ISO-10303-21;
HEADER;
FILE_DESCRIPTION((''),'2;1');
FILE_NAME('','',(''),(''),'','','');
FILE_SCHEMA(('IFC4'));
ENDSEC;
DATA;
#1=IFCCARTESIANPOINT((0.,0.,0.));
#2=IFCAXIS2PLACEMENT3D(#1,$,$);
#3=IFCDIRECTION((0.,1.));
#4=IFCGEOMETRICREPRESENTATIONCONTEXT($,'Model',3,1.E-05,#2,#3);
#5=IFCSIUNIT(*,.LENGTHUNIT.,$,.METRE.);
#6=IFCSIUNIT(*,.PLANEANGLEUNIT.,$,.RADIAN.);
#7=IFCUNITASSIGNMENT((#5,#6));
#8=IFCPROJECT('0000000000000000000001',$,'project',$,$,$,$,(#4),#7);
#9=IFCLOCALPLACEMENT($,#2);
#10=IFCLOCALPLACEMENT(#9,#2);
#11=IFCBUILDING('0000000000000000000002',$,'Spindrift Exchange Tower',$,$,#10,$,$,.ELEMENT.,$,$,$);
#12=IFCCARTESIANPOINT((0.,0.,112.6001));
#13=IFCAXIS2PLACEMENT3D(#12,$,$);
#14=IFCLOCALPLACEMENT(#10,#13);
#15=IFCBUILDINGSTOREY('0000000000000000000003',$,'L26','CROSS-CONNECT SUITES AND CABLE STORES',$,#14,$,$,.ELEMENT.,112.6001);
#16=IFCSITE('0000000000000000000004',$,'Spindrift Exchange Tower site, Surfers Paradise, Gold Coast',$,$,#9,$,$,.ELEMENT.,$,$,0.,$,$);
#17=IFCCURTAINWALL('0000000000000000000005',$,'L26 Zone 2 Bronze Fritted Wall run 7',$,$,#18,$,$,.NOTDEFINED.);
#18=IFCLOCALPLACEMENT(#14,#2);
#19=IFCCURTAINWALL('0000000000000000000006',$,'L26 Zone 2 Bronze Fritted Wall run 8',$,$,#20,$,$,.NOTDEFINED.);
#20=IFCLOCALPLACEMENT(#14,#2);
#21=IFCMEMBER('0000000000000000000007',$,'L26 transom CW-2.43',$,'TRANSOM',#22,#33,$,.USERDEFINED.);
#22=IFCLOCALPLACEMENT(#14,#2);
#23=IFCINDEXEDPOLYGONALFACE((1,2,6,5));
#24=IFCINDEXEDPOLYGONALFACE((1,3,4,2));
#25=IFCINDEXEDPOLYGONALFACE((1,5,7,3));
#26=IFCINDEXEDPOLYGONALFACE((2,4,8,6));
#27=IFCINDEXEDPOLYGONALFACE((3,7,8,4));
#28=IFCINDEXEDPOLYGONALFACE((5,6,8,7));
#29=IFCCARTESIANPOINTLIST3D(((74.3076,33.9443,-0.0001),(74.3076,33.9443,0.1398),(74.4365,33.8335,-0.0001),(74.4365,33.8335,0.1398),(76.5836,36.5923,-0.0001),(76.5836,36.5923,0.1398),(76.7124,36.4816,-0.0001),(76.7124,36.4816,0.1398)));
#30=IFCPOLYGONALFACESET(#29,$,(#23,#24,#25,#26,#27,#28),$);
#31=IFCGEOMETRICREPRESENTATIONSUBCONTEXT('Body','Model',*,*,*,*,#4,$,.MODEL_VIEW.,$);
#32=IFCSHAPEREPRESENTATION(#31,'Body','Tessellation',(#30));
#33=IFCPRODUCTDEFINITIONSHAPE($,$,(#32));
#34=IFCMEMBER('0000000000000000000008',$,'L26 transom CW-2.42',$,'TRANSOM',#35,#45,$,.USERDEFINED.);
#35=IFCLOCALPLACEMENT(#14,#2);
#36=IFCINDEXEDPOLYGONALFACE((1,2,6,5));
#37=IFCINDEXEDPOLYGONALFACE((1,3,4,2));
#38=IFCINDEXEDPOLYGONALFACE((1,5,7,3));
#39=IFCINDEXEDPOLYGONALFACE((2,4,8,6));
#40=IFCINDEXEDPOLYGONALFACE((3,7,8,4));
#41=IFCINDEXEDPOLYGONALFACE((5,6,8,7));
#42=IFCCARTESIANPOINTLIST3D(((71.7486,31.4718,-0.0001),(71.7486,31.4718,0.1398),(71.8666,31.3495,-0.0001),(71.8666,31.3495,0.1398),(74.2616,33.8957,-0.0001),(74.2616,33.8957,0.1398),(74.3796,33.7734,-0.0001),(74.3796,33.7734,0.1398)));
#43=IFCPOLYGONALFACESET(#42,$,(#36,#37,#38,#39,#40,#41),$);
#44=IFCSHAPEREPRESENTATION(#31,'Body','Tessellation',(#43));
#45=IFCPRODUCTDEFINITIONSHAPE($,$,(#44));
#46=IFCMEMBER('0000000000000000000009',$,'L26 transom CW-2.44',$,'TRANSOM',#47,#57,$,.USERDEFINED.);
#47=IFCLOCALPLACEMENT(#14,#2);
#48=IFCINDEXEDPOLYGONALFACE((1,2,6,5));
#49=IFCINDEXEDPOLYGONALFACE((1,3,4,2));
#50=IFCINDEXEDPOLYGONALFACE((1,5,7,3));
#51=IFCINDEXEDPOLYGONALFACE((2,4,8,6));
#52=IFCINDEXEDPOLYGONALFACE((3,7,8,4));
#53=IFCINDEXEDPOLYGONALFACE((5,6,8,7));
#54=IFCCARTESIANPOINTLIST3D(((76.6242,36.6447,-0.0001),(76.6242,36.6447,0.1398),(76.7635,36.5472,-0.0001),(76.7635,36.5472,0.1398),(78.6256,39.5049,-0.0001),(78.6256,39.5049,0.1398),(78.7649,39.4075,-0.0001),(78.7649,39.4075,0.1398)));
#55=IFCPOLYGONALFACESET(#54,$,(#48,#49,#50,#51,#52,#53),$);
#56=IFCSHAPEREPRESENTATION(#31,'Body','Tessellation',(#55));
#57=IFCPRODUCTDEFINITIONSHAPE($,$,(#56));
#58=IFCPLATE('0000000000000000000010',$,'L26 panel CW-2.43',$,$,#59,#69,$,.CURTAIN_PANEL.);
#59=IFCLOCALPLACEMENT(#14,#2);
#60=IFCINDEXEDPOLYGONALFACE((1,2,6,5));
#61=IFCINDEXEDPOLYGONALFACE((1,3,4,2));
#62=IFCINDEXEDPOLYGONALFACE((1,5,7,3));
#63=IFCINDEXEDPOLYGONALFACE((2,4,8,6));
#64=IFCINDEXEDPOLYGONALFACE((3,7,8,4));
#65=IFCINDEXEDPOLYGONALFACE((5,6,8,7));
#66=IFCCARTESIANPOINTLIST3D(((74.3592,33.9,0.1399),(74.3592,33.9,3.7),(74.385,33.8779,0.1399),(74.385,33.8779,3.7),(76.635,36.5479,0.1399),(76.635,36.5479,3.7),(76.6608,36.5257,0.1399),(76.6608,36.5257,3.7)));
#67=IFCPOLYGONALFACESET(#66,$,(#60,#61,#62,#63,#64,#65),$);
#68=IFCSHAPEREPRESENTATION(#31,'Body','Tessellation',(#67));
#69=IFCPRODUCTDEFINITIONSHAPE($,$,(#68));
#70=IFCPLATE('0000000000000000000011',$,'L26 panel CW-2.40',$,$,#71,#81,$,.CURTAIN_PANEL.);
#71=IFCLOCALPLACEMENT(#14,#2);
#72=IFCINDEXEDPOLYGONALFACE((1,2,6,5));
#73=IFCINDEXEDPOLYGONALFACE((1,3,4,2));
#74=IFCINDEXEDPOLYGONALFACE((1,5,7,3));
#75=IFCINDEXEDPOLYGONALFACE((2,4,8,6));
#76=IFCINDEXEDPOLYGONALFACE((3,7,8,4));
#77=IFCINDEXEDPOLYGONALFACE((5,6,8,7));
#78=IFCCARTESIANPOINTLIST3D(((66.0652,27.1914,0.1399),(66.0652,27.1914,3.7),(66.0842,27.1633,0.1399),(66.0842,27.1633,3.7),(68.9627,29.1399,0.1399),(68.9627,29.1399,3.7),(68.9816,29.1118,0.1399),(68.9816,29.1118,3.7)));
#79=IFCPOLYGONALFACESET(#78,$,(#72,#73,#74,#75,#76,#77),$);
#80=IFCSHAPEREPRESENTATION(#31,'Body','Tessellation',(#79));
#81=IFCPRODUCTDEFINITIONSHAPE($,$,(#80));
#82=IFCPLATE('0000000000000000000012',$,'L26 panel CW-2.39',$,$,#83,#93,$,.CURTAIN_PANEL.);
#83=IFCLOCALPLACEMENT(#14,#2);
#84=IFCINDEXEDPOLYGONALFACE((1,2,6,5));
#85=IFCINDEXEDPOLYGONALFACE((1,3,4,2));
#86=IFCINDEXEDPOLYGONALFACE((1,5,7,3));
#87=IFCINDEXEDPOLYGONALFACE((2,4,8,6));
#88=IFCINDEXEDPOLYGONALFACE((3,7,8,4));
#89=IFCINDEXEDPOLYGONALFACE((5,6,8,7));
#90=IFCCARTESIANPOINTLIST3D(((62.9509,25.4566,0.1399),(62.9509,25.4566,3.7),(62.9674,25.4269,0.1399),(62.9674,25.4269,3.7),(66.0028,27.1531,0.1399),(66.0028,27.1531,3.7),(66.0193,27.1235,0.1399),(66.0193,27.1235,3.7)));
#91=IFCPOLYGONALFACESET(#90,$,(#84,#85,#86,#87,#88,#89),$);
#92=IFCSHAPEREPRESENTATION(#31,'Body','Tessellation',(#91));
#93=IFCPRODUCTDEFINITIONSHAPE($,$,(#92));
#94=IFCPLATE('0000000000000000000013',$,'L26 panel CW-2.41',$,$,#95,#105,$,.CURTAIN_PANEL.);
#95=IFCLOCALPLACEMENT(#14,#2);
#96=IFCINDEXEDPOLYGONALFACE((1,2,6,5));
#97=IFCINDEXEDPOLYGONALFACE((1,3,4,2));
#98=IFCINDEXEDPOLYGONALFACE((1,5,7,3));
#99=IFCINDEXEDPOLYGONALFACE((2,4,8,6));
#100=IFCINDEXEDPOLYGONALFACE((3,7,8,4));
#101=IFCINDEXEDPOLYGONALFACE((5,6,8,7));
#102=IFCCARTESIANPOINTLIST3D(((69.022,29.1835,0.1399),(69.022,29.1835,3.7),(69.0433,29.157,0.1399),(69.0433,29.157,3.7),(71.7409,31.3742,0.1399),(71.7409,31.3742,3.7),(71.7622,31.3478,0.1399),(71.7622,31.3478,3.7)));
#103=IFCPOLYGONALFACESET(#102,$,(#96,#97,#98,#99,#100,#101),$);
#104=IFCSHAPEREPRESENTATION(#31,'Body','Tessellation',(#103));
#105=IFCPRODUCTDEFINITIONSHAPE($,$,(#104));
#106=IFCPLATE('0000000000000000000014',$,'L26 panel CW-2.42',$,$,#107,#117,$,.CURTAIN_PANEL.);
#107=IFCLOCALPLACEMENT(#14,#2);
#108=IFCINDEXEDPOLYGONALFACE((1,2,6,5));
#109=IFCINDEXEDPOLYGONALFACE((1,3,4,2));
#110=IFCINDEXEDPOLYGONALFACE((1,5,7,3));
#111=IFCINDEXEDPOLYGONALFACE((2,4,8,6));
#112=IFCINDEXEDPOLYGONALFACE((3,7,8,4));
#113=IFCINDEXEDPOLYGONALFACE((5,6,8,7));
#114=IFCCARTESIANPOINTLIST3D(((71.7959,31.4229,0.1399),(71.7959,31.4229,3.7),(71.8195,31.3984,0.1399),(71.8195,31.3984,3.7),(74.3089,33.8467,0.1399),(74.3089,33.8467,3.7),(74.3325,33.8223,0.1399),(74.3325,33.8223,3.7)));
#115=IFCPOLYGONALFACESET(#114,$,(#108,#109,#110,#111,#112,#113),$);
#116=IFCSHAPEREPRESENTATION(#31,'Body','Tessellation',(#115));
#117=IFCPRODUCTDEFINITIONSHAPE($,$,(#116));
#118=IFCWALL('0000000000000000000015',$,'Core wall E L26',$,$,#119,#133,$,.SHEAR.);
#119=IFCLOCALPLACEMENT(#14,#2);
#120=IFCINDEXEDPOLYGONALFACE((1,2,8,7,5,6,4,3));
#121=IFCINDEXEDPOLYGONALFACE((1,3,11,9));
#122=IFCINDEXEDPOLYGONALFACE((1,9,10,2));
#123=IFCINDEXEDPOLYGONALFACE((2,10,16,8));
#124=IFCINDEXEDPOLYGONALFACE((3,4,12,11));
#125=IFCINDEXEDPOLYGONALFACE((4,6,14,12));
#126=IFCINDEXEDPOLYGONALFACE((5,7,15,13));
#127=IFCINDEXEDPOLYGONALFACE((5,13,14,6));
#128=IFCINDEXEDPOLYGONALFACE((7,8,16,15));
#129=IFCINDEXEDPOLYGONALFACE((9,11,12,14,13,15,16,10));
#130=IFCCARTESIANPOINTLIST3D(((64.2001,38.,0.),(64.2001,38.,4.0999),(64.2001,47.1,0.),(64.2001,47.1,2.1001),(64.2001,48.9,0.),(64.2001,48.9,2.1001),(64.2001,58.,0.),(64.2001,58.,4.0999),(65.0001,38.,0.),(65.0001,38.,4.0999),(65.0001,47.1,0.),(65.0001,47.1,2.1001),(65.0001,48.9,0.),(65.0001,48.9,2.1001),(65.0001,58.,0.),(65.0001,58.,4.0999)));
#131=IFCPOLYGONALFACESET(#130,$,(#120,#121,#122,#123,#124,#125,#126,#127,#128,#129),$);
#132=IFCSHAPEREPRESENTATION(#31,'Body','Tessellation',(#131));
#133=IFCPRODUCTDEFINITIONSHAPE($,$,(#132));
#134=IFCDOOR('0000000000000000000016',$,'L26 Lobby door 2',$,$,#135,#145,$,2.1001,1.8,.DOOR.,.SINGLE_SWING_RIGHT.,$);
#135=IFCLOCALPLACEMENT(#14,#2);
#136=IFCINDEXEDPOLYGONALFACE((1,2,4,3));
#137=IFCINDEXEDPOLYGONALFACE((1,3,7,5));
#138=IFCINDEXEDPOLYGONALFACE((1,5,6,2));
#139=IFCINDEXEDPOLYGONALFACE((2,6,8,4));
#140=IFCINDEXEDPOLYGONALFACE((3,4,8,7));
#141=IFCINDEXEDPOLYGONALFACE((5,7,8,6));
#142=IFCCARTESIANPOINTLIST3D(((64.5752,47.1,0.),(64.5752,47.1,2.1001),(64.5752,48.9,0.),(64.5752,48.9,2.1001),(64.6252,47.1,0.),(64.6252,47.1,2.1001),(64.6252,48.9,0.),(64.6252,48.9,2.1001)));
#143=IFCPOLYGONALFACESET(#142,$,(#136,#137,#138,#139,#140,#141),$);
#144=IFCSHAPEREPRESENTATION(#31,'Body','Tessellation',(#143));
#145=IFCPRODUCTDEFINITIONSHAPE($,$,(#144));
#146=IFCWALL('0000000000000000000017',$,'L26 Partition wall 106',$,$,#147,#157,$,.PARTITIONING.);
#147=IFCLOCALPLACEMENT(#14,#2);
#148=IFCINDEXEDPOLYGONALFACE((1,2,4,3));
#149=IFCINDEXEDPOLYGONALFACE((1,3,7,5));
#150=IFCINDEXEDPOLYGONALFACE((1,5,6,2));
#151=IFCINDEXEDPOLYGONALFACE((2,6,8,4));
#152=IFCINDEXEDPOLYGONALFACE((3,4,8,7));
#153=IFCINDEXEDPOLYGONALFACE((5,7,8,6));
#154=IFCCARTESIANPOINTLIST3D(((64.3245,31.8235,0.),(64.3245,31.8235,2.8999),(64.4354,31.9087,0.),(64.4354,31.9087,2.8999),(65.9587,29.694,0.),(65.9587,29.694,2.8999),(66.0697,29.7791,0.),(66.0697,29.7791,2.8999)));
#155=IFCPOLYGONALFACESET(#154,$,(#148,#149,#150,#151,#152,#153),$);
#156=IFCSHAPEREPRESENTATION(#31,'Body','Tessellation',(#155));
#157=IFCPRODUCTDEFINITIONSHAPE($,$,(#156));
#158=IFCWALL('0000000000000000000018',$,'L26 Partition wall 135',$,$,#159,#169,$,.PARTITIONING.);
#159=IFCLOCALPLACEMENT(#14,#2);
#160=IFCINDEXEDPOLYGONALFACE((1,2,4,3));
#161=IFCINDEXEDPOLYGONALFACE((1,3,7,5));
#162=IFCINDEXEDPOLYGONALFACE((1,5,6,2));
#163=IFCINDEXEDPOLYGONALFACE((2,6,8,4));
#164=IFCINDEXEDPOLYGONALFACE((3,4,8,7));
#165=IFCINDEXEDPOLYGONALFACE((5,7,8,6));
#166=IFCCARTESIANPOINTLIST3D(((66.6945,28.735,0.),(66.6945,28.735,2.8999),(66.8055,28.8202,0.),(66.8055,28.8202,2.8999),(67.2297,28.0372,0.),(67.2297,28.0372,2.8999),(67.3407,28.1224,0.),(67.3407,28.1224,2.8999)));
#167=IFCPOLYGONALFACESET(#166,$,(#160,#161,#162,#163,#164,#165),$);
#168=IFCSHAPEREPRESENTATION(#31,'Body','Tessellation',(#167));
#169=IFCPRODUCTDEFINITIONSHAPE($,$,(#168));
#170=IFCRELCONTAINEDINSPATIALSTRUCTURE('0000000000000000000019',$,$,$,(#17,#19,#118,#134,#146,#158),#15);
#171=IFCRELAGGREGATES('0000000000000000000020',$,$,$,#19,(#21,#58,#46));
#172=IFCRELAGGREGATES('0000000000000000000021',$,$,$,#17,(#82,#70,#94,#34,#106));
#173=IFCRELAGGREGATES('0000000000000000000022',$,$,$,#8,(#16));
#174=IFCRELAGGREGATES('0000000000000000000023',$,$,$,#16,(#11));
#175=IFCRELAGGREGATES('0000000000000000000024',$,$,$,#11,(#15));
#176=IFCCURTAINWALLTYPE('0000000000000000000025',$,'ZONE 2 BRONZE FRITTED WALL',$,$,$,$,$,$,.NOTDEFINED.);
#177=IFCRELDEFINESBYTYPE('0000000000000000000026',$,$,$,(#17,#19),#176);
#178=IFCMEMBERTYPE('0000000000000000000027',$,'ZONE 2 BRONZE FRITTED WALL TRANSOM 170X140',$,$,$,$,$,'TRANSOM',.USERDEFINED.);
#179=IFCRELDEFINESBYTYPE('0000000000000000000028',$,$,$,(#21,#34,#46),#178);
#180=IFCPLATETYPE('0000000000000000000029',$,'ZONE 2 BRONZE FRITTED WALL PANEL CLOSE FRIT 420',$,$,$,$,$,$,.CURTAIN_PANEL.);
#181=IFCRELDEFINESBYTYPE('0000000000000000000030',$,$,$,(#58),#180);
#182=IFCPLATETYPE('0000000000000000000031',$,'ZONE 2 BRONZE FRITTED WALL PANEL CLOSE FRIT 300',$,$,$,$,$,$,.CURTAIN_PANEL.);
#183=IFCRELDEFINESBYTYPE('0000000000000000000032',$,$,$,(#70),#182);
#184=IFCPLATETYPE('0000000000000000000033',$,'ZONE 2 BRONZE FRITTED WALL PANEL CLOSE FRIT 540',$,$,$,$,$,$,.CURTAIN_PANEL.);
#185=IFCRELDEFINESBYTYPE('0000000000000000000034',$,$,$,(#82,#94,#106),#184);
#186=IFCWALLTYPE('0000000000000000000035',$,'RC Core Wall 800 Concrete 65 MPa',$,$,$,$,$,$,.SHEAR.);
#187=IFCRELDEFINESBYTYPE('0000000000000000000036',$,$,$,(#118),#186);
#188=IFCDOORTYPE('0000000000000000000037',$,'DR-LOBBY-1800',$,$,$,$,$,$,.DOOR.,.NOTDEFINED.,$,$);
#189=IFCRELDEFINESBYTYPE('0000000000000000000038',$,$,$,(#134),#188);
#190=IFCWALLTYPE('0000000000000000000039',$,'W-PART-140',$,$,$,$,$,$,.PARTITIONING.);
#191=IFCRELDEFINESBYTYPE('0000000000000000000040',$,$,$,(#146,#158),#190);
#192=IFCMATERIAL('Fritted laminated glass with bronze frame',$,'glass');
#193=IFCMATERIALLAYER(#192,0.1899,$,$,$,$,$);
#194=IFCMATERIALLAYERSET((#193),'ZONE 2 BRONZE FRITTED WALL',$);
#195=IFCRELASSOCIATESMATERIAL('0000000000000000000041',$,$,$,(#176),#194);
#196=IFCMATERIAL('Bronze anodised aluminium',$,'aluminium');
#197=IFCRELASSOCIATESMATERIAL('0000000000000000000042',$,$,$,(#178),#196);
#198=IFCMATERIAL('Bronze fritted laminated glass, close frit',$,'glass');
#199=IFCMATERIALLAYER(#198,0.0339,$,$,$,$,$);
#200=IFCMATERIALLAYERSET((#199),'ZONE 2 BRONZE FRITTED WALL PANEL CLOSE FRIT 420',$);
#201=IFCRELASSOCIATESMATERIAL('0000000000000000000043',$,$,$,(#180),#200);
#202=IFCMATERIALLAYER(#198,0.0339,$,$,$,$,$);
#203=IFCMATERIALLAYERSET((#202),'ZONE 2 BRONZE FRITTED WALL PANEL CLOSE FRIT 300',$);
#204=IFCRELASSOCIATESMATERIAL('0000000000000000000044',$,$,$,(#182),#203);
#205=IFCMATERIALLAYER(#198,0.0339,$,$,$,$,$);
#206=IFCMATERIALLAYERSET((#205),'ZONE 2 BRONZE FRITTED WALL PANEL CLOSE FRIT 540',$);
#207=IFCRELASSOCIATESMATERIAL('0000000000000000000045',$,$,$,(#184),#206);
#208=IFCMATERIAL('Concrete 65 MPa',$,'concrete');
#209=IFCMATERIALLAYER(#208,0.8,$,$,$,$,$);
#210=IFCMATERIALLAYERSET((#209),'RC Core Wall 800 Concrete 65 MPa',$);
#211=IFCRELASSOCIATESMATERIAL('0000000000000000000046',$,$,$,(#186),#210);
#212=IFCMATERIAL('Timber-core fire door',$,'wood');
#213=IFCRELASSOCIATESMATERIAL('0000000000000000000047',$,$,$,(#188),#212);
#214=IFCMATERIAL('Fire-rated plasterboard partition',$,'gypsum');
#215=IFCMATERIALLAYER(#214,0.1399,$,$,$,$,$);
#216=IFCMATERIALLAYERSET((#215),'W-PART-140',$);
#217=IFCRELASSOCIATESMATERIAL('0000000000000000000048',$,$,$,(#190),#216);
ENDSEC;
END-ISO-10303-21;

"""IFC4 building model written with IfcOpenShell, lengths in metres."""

from ifc_helpers import new_model, si_unit, direction, frame, frame_2d, origin, origin_2d, place, context, subcontext, project, spatial, rectangle, extrude, source, transform, mapped, material, layer, layer_set, material_profile, profile_set, type_object, element, fill, aggregate, save


model = new_model("IFC4")

# Units and contexts
model_context = context("Model", 3, precision=1e-05, world=origin(), true_north=direction((0.0, 1.0)))
body_context = subcontext(model_context, "Body", "Model", "MODEL_VIEW")
ifc_project = project(units=[si_unit("LENGTHUNIT", "METRE"), si_unit("PLANEANGLEUNIT", "RADIAN")], contexts=[model_context])

# Site, building, storey
site_placement = place(None, origin())
site = spatial("IfcSite", under=ifc_project, at=site_placement, Name="Spindrift Exchange Tower site, Surfers Paradise, Gold Coast", CompositionType="ELEMENT", RefElevation=0.0)
building_placement = place(site_placement, origin())
building = spatial("IfcBuilding", under=site, at=building_placement, Name="Spindrift Exchange Tower", CompositionType="ELEMENT")
storey_placement = place(building_placement, frame((0.0, 0.0, 112.6001)))
storey = spatial("IfcBuildingStorey", under=building, at=storey_placement, Name="L26", Description="CROSS-CONNECT SUITES AND CABLE STORES", CompositionType="ELEMENT", Elevation=112.6001)

# Shared definitions
ifc_material_1 = material(Name="Concrete 65 MPa", Category="concrete")

# Curtain walls
ifc_material_2 = material(Name="Fritted laminated glass with bronze frame", Category="glass")
ifc_layer_1 = layer(ifc_material_2, 0.1899)
ifc_layer_set_1 = layer_set([ifc_layer_1], Name="ZONE 2 BRONZE FRITTED WALL")
curtain_wall_type = type_object("IfcCurtainWallType", Name="ZONE 2 BRONZE FRITTED WALL", PredefinedType="NOTDEFINED", material=ifc_layer_set_1)
curtain_wall_1_placement = place(storey_placement, origin())
curtain_wall_1 = element("IfcCurtainWall", 1, at=curtain_wall_1_placement, inside=storey, type_object=curtain_wall_type, Name="L26 Zone 2 Bronze Fritted Wall run 7", PredefinedType="NOTDEFINED")
ifc_material_3 = material(Name="Bronze anodised aluminium", Category="aluminium")
curtain_wall_2_placement = place(storey_placement, origin())
curtain_wall_2 = element("IfcCurtainWall", 2, at=curtain_wall_2_placement, inside=storey, type_object=curtain_wall_type, Name="L26 Zone 2 Bronze Fritted Wall run 8", PredefinedType="NOTDEFINED")

# Members
ifc_material_profile_1 = material_profile(ifc_material_3, rectangle(XDim=0.1699, YDim=0.1399, at=origin_2d()), Name="ZONE 2 BRONZE FRITTED WALL TRANSOM 170X140")
ifc_profile_set_1 = profile_set([ifc_material_profile_1], Name="Bronze anodised aluminium")
member_type_1 = type_object("IfcMemberType", Name="ZONE 2 BRONZE FRITTED WALL TRANSOM 170X140", ElementType="TRANSOM", PredefinedType="USERDEFINED", material=ifc_profile_set_1)
shared_shape_1 = source(origin(), body_context, "Body", "SweptSolid", [
    extrude(rectangle(XDim=0.1699, YDim=0.1399, at=origin_2d()), origin(), (0.0, 0.0, 1.0), 3.4917),
])
member_1_placement = place(storey_placement, frame((74.3721, 33.8889, 0.0698), z_axis=(0.651816, 0.758377, 0.0), x_axis=(-0.758377, 0.651816, 0.0)))
member_1 = element("IfcMember", 3, at=member_1_placement, type_object=member_type_1, Name="L26 transom CW-2.43", ObjectType="TRANSOM", PredefinedType="USERDEFINED", context=body_context, shape_type="MappedRepresentation", body=[
    mapped(shared_shape_1, transform((0.0, 0.0, 0.0), scale=1.0)),
])
shared_shape_2 = source(origin(), body_context, "Body", "SweptSolid", [
    extrude(rectangle(XDim=0.1699, YDim=0.1399, at=origin_2d()), origin(), (0.0, 0.0, 1.0), 3.4915),
])
member_2_placement = place(storey_placement, frame((71.8076, 31.4106, 0.0698), z_axis=(0.719753, 0.69423, 0.0), x_axis=(-0.69423, 0.719753, 0.0)))
member_2 = element("IfcMember", 4, at=member_2_placement, type_object=member_type_1, Name="L26 transom CW-2.42", ObjectType="TRANSOM", PredefinedType="USERDEFINED", context=body_context, shape_type="MappedRepresentation", body=[
    mapped(shared_shape_2, transform((0.0, 0.0, 0.0), scale=1.0)),
])
shared_shape_3 = source(origin(), body_context, "Body", "SweptSolid", [
    extrude(rectangle(XDim=0.1699, YDim=0.1399, at=origin_2d()), origin(), (0.0, 0.0, 1.0), 3.491),
])
member_3_placement = place(storey_placement, frame((76.6938, 36.5959, 0.0698), z_axis=(0.573312, 0.819337, 0.0), x_axis=(-0.819337, 0.573312, 0.0)))
member_3 = element("IfcMember", 5, at=member_3_placement, type_object=member_type_1, Name="L26 transom CW-2.44", ObjectType="TRANSOM", PredefinedType="USERDEFINED", context=body_context, shape_type="MappedRepresentation", body=[
    mapped(shared_shape_3, transform((0.0, 0.0, 0.0), scale=1.0)),
])

# Plates
ifc_material_4 = material(Name="Bronze fritted laminated glass, close frit", Category="glass")
ifc_layer_2 = layer(ifc_material_4, 0.0339)
ifc_layer_set_2 = layer_set([ifc_layer_2], Name="ZONE 2 BRONZE FRITTED WALL PANEL CLOSE FRIT 420")
plate_type_1 = type_object("IfcPlateType", Name="ZONE 2 BRONZE FRITTED WALL PANEL CLOSE FRIT 420", PredefinedType="CURTAIN_PANEL", material=ifc_layer_set_2)
shared_shape_4 = source(origin(), body_context, "Body", "SweptSolid", [
    extrude(rectangle(XDim=3.4915, YDim=0.0339, at=origin_2d()), origin(), (0.0, 0.0, 1.0), 3.5601),
])
plate_1_placement = place(storey_placement, frame((75.51, 35.2129, 0.1399), z_axis=(0.0, 0.0, 1.0), x_axis=(0.651823, 0.758371, 0.0)))
plate_1 = element("IfcPlate", 6, at=plate_1_placement, type_object=plate_type_1, Name="L26 panel CW-2.43", PredefinedType="CURTAIN_PANEL", context=body_context, shape_type="MappedRepresentation", body=[
    mapped(shared_shape_4, transform((0.0, 0.0, 0.0), scale=1.0)),
])
aggregate(curtain_wall_2, [member_1, plate_1, member_3])
ifc_layer_3 = layer(ifc_material_4, 0.0339)
ifc_layer_set_3 = layer_set([ifc_layer_3], Name="ZONE 2 BRONZE FRITTED WALL PANEL CLOSE FRIT 300")
plate_type_2 = type_object("IfcPlateType", Name="ZONE 2 BRONZE FRITTED WALL PANEL CLOSE FRIT 300", PredefinedType="CURTAIN_PANEL", material=ifc_layer_set_3)
shared_shape_5 = source(origin(), body_context, "Body", "SweptSolid", [
    extrude(rectangle(XDim=3.4917, YDim=0.0339, at=origin_2d()), origin(), (0.0, 0.0, 1.0), 3.5601),
])
plate_2_placement = place(storey_placement, frame((67.5234, 28.1516, 0.1399), z_axis=(0.0, 0.0, 1.0), x_axis=(0.829814, 0.558041, 0.0)))
plate_2 = element("IfcPlate", 7, at=plate_2_placement, type_object=plate_type_2, Name="L26 panel CW-2.40", PredefinedType="CURTAIN_PANEL", context=body_context, shape_type="MappedRepresentation", body=[
    mapped(shared_shape_5, transform((0.0, 0.0, 0.0), scale=1.0)),
])
ifc_layer_4 = layer(ifc_material_4, 0.0339)
ifc_layer_set_4 = layer_set([ifc_layer_4], Name="ZONE 2 BRONZE FRITTED WALL PANEL CLOSE FRIT 540")
plate_type_3 = type_object("IfcPlateType", Name="ZONE 2 BRONZE FRITTED WALL PANEL CLOSE FRIT 540", PredefinedType="CURTAIN_PANEL", material=ifc_layer_set_4)
shared_shape_6 = source(origin(), body_context, "Body", "SweptSolid", [
    extrude(rectangle(XDim=3.4917, YDim=0.0339, at=origin_2d()), origin(), (0.0, 0.0, 1.0), 3.5601),
])
plate_3_placement = place(storey_placement, frame((64.4851, 26.29, 0.1399), z_axis=(0.0, 0.0, 1.0), x_axis=(0.874025, 0.485881, 0.0)))
plate_3 = element("IfcPlate", 8, at=plate_3_placement, type_object=plate_type_3, Name="L26 panel CW-2.39", PredefinedType="CURTAIN_PANEL", context=body_context, shape_type="MappedRepresentation", body=[
    mapped(shared_shape_6, transform((0.0, 0.0, 0.0), scale=1.0)),
])
plate_4_placement = place(storey_placement, frame((70.3921, 30.2656, 0.1399), z_axis=(0.0, 0.0, 1.0), x_axis=(0.778681, 0.62742, 0.0)))
plate_4 = element("IfcPlate", 9, at=plate_4_placement, type_object=plate_type_3, Name="L26 panel CW-2.41", PredefinedType="CURTAIN_PANEL", context=body_context, shape_type="MappedRepresentation", body=[
    mapped(shared_shape_6, transform((0.0, 0.0, 0.0), scale=1.0)),
])
shared_shape_7 = source(origin(), body_context, "Body", "SweptSolid", [
    extrude(rectangle(XDim=3.4915, YDim=0.0339, at=origin_2d()), origin(), (0.0, 0.0, 1.0), 3.5601),
])
plate_5_placement = place(storey_placement, frame((73.0642, 32.6226, 0.1399), z_axis=(0.0, 0.0, 1.0), x_axis=(0.719763, 0.69422, 0.0)))
plate_5 = element("IfcPlate", 10, at=plate_5_placement, type_object=plate_type_3, Name="L26 panel CW-2.42", PredefinedType="CURTAIN_PANEL", context=body_context, shape_type="MappedRepresentation", body=[
    mapped(shared_shape_7, transform((0.0, 0.0, 0.0), scale=1.0)),
])
aggregate(curtain_wall_1, [plate_3, plate_2, plate_4, member_2, plate_5])

# Wall, opening, door
ifc_layer_5 = layer(ifc_material_1, 0.8)
ifc_layer_set_5 = layer_set([ifc_layer_5], Name="RC Core Wall 800 Concrete 65 MPa")
wall_type_1 = type_object("IfcWallType", Name="RC Core Wall 800 Concrete 65 MPa", PredefinedType="SHEAR", material=ifc_layer_set_5)
wall_1_placement = place(storey_placement, frame((64.6001, 38.0, 0.0), z_axis=(0.0, 0.0, 1.0), x_axis=(0.0, 1.0, 0.0)))
wall_1 = element("IfcWall", 11, at=wall_1_placement, inside=storey, type_object=wall_type_1, Name="Core wall E L26", PredefinedType="SHEAR", context=body_context, shape_type="SweptSolid", body=[
    extrude(rectangle(XDim=20.0, YDim=0.8, at=frame_2d((10.0, 0.0))), origin(), (0.0, 0.0, 1.0), 4.0999),
])
opening_1_placement = place(wall_1_placement, frame((9.1001, 0.0, 0.0)))
opening_1 = element("IfcOpeningElement", 12, at=opening_1_placement, cuts=wall_1, PredefinedType="OPENING", context=body_context, shape_type="SweptSolid", body=[
    extrude(rectangle(XDim=1.8, YDim=2.1001, at=frame_2d((0.8999, 1.05))), frame((0.0, 0.4099, 0.0), z_axis=(0.0, -1.0, 0.0), x_axis=(1.0, 0.0, 0.0)), (0.0, 0.0, 1.0), 0.8201),
])
ifc_material_5 = material(Name="Timber-core fire door", Category="wood")
door_type_1 = type_object("IfcDoorType", Name="DR-LOBBY-1800", OperationType="NOTDEFINED", PredefinedType="DOOR", material=ifc_material_5)
shared_shape_8 = source(origin(), body_context, "Body", "SweptSolid", [
    extrude(rectangle(XDim=1.8, YDim=2.1001, at=frame_2d((0.8999, 1.05))), frame((0.0, 0.0249, 0.0), z_axis=(0.0, -1.0, 0.0), x_axis=(1.0, 0.0, 0.0)), (0.0, 0.0, 1.0), 0.05),
])
door_1_placement = place(opening_1_placement, origin())
door_1 = element("IfcDoor", 13, at=door_1_placement, inside=storey, type_object=door_type_1, Name="L26 Lobby door 2", OperationType="SINGLE_SWING_RIGHT", OverallHeight=2.1001, OverallWidth=1.8, PredefinedType="DOOR", context=body_context, shape_type="MappedRepresentation", body=[
    mapped(shared_shape_8, transform((0.0, 0.0, 0.0), scale=1.0)),
])
fill(opening_1, door_1)

# Walls
ifc_material_6 = material(Name="Fire-rated plasterboard partition", Category="gypsum")
ifc_layer_6 = layer(ifc_material_6, 0.1399)
ifc_layer_set_6 = layer_set([ifc_layer_6], Name="W-PART-140")
wall_type_2 = type_object("IfcWallType", Name="W-PART-140", PredefinedType="PARTITIONING", material=ifc_layer_set_6)
wall_2_placement = place(storey_placement, frame((64.3799, 31.8662, 0.0), z_axis=(0.0, 0.0, 1.0), x_axis=(0.608796, -0.793327, 0.0)))
element("IfcWall", 14, at=wall_2_placement, inside=storey, type_object=wall_type_2, Name="L26 Partition wall 106", PredefinedType="PARTITIONING", context=body_context, shape_type="SweptSolid", body=[
    extrude(rectangle(XDim=2.6843, YDim=0.1399, at=frame_2d((1.3423, 0.0))), origin(), (0.0, 0.0, 1.0), 2.8999),
])
wall_3_placement = place(storey_placement, frame((66.75, 28.7776, 0.0), z_axis=(0.0, 0.0, 1.0), x_axis=(0.608583, -0.79349, 0.0)))
element("IfcWall", 15, at=wall_3_placement, inside=storey, type_object=wall_type_2, Name="L26 Partition wall 135", PredefinedType="PARTITIONING", context=body_context, shape_type="SweptSolid", body=[
    extrude(rectangle(XDim=0.8794, YDim=0.1399, at=frame_2d((0.4397, 0.0))), origin(), (0.0, 0.0, 1.0), 2.8999),
])

save(model, "model.ifc")
